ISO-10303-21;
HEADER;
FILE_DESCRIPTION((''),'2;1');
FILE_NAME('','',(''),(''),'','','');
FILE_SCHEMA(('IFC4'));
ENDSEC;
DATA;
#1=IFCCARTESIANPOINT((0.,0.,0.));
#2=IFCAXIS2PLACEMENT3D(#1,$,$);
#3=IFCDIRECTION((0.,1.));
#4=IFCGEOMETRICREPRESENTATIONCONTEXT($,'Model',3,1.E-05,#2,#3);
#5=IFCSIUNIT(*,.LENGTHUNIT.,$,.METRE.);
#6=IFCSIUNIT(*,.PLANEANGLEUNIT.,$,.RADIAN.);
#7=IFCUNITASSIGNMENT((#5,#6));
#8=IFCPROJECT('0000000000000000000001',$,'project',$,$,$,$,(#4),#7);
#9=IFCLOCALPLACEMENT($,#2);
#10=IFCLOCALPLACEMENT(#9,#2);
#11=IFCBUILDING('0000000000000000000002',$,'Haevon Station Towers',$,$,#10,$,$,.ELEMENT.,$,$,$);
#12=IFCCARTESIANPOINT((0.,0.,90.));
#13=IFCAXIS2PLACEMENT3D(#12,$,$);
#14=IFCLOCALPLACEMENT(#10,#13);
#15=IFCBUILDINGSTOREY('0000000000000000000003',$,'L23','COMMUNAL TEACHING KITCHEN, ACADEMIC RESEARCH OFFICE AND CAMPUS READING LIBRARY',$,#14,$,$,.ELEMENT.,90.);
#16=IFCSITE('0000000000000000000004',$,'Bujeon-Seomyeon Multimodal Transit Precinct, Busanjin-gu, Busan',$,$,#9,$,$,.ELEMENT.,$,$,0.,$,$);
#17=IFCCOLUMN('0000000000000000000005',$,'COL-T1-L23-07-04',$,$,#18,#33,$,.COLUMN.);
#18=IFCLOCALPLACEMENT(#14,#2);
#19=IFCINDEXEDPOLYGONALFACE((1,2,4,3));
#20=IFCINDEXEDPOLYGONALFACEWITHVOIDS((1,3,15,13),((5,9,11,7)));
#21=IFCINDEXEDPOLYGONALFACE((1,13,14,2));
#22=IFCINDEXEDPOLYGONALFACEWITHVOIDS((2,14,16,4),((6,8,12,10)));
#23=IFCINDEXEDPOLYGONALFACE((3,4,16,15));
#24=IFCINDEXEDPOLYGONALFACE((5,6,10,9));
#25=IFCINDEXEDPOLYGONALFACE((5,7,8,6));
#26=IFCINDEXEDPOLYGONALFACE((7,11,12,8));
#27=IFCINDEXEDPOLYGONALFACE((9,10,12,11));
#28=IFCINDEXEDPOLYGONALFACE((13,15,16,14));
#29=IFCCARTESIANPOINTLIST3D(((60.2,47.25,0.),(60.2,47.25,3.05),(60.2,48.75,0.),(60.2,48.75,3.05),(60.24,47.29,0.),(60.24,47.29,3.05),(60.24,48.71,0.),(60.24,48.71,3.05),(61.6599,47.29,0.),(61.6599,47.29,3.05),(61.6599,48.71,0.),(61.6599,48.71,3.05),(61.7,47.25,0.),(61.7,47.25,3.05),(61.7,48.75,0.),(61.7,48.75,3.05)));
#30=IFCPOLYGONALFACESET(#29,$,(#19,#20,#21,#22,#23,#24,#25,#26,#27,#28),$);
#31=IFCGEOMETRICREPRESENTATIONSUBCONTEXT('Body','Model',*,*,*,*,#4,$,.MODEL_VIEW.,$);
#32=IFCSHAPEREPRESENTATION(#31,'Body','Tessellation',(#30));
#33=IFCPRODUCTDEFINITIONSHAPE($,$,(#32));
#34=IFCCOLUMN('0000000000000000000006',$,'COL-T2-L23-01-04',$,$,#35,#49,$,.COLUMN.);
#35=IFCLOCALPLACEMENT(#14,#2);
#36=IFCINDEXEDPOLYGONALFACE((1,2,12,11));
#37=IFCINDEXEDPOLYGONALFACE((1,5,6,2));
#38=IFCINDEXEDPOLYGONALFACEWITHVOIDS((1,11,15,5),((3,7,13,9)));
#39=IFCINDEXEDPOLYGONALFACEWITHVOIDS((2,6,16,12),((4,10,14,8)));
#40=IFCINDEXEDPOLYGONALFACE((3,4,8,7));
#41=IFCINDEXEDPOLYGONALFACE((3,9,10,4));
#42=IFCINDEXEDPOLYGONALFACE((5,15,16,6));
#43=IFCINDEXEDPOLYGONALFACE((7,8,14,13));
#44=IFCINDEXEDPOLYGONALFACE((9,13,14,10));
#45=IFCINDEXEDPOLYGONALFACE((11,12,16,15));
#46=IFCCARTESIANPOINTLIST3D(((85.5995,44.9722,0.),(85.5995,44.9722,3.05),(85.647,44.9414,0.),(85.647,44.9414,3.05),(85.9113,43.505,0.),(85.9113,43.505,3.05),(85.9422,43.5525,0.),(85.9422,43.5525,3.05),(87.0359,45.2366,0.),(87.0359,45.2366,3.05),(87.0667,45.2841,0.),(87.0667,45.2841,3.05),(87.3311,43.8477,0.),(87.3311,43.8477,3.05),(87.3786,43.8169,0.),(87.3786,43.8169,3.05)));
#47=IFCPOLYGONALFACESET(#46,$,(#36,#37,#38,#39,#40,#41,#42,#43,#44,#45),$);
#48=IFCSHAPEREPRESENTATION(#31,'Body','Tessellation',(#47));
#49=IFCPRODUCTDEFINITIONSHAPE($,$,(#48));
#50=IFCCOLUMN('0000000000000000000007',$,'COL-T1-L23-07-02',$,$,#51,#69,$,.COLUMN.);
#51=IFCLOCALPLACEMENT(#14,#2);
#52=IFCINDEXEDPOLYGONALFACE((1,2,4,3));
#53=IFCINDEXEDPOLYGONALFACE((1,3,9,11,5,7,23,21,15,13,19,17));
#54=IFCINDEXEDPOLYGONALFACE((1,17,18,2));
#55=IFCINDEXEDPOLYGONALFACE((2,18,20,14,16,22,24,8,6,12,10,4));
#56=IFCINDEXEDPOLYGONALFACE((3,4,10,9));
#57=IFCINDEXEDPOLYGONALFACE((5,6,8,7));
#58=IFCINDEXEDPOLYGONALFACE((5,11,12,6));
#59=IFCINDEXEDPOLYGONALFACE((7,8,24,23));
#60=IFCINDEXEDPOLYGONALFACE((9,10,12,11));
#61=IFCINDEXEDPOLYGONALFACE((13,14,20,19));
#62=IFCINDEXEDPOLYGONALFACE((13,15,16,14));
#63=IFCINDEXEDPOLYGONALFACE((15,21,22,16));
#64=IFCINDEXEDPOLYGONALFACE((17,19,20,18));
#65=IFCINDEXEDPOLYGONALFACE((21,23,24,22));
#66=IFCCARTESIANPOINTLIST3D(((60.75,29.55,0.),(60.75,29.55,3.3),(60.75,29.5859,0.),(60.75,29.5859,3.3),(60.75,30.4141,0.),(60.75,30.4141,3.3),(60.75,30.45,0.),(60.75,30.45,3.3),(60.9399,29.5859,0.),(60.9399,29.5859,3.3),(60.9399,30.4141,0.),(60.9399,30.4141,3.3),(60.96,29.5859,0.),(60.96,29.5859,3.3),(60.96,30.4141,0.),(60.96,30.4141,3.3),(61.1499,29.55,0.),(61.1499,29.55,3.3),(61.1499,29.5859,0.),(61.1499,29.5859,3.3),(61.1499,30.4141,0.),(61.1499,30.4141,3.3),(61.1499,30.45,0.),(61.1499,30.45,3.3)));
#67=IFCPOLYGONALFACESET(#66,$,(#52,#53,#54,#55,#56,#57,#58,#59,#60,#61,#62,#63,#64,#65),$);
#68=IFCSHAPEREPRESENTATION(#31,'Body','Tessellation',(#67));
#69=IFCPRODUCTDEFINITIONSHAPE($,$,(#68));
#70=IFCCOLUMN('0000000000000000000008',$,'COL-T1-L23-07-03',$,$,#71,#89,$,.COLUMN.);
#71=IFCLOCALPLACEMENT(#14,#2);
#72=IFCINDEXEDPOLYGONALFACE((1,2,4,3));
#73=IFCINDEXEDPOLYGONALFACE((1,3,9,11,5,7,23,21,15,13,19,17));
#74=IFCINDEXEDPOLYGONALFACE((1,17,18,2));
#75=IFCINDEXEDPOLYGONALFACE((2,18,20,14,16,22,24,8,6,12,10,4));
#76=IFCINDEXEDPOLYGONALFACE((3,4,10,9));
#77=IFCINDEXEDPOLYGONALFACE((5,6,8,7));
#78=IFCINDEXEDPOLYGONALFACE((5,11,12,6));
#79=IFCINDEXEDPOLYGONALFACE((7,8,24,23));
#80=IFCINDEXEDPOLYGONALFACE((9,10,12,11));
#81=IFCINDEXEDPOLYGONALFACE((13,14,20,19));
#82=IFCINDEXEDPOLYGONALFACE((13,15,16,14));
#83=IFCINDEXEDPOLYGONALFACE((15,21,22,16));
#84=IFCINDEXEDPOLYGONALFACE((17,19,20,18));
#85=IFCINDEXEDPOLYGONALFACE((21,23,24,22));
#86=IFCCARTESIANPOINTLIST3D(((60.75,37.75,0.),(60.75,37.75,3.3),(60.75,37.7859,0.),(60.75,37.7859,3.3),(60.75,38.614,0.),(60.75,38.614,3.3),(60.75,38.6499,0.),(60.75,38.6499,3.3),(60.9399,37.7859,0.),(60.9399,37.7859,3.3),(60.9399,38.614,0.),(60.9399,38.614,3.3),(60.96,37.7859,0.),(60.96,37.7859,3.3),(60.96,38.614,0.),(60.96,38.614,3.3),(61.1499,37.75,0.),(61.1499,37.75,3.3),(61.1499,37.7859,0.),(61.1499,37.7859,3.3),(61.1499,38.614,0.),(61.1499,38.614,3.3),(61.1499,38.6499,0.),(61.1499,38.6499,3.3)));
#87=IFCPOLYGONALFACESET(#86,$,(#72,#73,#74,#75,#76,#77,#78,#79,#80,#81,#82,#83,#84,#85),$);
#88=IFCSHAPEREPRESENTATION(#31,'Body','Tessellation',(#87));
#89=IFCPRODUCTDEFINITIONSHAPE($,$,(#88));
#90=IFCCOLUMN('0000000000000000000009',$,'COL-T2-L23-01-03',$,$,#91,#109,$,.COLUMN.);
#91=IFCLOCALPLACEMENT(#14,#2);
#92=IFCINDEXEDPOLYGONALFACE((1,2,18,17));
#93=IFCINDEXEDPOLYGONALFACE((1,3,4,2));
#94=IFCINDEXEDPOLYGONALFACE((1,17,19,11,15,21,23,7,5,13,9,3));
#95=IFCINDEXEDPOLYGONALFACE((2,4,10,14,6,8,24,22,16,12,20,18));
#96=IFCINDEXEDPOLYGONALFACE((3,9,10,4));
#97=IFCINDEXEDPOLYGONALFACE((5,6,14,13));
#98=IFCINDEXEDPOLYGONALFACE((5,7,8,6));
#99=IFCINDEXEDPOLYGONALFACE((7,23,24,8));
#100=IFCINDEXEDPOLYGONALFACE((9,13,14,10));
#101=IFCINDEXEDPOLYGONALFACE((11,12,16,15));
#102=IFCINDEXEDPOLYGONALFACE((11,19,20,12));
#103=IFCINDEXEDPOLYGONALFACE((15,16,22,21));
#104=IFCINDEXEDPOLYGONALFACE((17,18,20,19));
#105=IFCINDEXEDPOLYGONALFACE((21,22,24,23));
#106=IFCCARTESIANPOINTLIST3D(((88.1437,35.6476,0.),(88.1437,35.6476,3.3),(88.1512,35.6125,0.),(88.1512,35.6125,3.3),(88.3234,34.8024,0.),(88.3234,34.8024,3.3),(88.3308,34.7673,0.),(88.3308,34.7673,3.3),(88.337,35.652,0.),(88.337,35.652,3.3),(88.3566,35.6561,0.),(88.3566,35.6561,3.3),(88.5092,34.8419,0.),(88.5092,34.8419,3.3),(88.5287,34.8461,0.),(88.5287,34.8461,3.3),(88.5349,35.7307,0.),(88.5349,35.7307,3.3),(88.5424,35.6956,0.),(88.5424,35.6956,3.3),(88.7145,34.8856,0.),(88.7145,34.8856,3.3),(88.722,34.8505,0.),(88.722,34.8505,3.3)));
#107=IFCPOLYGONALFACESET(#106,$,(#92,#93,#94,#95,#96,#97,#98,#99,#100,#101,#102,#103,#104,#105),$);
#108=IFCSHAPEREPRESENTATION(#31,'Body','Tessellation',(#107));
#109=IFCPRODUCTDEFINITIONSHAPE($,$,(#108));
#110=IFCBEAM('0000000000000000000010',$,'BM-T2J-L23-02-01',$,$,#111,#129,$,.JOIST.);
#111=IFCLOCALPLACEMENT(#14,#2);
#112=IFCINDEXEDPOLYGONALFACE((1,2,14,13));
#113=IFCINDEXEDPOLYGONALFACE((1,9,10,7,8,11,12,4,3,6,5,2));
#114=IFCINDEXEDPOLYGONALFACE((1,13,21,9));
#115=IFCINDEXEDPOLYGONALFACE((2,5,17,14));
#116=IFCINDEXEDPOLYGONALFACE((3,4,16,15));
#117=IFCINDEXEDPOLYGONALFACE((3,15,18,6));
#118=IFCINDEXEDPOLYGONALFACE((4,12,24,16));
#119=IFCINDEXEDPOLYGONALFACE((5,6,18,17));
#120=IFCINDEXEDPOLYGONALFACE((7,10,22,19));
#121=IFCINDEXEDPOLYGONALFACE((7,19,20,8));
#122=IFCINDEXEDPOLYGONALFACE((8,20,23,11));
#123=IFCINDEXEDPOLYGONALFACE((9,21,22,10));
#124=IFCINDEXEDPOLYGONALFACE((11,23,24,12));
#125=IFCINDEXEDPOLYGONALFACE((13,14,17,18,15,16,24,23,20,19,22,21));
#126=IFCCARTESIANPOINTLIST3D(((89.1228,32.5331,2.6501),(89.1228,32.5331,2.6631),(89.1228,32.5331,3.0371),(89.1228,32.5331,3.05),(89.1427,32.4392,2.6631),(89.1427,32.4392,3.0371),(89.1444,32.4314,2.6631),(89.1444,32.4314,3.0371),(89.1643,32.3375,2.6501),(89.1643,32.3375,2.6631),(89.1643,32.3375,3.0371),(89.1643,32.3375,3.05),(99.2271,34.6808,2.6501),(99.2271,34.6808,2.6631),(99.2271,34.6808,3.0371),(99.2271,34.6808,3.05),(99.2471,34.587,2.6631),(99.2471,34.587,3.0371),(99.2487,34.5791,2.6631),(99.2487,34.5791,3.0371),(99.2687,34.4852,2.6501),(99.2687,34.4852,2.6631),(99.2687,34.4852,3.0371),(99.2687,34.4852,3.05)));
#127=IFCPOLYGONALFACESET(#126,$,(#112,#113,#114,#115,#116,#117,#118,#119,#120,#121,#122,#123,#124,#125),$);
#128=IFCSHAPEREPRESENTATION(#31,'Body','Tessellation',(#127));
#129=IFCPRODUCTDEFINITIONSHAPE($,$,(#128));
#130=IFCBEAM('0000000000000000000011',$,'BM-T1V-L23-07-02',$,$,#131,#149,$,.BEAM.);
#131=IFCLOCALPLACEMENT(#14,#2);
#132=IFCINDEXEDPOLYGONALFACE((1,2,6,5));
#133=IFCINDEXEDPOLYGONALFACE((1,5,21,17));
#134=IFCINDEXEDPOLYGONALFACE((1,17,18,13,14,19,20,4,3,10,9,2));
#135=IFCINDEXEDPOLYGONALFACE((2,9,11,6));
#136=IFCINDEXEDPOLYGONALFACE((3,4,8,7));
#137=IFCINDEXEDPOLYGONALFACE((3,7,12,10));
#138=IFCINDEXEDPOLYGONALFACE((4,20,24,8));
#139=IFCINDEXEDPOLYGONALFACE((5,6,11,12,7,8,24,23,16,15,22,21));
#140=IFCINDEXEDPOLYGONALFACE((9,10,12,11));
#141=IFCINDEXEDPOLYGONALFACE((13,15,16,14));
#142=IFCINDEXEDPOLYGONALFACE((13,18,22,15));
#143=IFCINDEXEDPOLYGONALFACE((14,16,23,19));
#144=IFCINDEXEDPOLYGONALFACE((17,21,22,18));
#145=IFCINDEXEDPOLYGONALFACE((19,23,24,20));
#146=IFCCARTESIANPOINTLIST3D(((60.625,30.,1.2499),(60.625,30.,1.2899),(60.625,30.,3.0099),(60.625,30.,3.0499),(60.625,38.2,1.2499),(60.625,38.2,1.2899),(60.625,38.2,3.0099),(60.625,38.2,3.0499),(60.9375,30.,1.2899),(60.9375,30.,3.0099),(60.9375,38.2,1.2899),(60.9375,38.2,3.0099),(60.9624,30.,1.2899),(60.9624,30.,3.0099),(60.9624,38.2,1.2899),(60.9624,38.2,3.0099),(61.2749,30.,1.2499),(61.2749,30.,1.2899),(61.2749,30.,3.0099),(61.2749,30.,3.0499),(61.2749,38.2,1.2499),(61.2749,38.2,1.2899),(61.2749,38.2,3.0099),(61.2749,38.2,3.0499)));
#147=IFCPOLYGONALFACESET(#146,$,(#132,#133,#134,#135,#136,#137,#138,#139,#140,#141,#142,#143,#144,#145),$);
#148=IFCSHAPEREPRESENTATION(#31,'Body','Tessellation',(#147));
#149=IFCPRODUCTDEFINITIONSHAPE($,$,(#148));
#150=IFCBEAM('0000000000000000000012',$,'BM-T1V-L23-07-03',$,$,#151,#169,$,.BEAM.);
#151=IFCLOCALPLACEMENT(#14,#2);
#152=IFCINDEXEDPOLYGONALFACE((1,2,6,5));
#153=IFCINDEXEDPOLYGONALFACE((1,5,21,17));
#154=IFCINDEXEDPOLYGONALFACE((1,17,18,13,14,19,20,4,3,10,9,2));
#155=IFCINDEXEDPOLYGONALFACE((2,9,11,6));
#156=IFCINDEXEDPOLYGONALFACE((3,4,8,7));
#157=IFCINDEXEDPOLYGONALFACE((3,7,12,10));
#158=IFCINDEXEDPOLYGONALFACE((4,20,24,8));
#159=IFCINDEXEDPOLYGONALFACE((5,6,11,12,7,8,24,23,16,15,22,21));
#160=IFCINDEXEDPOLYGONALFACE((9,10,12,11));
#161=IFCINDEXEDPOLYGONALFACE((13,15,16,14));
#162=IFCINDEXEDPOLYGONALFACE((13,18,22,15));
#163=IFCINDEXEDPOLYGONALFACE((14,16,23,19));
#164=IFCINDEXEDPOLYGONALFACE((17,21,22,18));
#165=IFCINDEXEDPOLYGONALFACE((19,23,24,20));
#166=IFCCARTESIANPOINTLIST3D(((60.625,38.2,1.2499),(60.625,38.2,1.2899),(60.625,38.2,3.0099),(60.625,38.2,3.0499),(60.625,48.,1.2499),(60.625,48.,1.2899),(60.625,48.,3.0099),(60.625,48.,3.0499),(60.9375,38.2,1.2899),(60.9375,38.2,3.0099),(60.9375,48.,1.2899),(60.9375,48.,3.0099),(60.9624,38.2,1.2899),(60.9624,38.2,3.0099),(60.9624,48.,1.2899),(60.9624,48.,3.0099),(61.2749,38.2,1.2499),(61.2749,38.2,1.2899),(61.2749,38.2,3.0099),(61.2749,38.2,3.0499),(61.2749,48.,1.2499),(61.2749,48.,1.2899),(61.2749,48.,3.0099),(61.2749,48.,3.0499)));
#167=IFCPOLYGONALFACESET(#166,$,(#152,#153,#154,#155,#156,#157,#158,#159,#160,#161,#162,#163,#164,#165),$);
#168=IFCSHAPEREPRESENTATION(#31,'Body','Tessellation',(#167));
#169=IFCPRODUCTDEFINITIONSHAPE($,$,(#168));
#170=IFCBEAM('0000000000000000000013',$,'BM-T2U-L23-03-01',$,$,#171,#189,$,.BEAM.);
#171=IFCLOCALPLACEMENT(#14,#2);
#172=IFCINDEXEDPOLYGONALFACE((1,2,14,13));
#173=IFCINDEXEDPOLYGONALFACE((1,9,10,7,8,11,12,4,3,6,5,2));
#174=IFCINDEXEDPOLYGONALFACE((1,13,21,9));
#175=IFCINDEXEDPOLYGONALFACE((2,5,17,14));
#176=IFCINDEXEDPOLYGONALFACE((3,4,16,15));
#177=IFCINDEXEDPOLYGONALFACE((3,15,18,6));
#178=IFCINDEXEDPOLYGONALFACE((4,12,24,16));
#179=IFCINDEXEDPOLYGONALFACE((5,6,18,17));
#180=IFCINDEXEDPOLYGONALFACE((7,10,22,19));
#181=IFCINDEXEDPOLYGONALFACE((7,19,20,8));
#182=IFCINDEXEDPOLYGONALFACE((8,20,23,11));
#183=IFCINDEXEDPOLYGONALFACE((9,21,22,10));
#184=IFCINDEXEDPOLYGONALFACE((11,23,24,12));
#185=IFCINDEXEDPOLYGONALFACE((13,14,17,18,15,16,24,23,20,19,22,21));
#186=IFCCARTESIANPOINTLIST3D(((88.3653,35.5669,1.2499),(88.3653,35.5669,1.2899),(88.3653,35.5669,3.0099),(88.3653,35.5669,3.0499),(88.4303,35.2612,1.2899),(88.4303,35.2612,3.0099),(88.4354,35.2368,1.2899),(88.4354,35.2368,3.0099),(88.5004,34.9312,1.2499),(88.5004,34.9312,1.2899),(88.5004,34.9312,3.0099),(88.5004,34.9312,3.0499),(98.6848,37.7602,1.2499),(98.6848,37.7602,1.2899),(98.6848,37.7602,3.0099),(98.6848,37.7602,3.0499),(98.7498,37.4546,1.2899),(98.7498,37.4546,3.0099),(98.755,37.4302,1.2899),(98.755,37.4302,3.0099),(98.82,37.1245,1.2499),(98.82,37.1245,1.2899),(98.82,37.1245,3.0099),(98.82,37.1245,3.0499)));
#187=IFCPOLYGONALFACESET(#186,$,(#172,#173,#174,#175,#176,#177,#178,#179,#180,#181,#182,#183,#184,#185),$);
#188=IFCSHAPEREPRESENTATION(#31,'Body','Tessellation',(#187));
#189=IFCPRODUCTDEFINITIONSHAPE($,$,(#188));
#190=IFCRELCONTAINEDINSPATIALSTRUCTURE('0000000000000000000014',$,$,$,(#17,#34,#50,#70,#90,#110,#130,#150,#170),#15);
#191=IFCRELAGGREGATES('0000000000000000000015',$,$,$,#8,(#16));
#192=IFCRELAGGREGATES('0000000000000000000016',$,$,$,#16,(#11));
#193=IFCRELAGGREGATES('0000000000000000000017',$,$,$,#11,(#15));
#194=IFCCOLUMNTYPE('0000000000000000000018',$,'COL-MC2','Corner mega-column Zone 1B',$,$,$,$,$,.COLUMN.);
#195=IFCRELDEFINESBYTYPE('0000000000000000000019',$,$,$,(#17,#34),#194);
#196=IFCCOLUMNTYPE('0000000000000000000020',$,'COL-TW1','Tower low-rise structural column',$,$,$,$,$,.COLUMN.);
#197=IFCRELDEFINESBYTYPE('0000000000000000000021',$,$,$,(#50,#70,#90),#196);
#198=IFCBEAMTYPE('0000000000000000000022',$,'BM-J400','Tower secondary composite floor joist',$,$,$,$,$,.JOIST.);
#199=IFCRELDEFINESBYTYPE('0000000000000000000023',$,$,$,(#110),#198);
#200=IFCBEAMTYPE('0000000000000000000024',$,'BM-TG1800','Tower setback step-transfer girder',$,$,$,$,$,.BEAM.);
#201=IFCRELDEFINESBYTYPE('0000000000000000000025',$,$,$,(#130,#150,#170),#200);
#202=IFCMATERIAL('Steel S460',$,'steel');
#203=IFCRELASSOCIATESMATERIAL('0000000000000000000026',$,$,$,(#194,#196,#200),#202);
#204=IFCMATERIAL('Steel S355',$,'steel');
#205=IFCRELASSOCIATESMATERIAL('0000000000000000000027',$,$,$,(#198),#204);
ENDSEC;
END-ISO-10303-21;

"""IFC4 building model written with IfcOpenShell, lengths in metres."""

from ifc_helpers import new_model, si_unit, direction, frame, origin, origin_2d, place, context, subcontext, project, spatial, hollow_rectangle, i_section, extrude, material, material_profile, profile_set, type_object, element, save


model = new_model("IFC4")

# Units and contexts
model_context = context("Model", 3, precision=1e-05, world=origin(), true_north=direction((0.0, 1.0)))
body_context = subcontext(model_context, "Body", "Model", "MODEL_VIEW")
ifc_project = project(units=[si_unit("LENGTHUNIT", "METRE"), si_unit("PLANEANGLEUNIT", "RADIAN")], contexts=[model_context])

# Site, building, storey
site_placement = place(None, origin())
site = spatial("IfcSite", under=ifc_project, at=site_placement, Name="Bujeon-Seomyeon Multimodal Transit Precinct, Busanjin-gu, Busan", CompositionType="ELEMENT", RefElevation=0.0)
building_placement = place(site_placement, origin())
building = spatial("IfcBuilding", under=site, at=building_placement, Name="Haevon Station Towers", CompositionType="ELEMENT")
storey_placement = place(building_placement, frame((0.0, 0.0, 90.0)))
storey = spatial("IfcBuildingStorey", under=building, at=storey_placement, Name="L23", Description="COMMUNAL TEACHING KITCHEN, ACADEMIC RESEARCH OFFICE AND CAMPUS READING LIBRARY", CompositionType="ELEMENT", Elevation=90.0)

# Columns
ifc_material_1 = material(Name="Steel S460", Category="steel")
ifc_material_profile_1 = material_profile(ifc_material_1, hollow_rectangle(XDim=1.5, YDim=1.5, WallThickness=0.04, at=origin_2d()), Name="BOX-1500x1500x40")
ifc_profile_set_1 = profile_set([ifc_material_profile_1], Name="Steel S460")
column_type_1 = type_object("IfcColumnType", Name="COL-MC2", Description="Corner mega-column Zone 1B", PredefinedType="COLUMN", material=ifc_profile_set_1)
for number, where, z_axis, x_axis, name in (
    (1, (60.95, 48.0, 0.0), (0.0, 0.0, 1.0), (1.0, 0.0, 0.0), "COL-T1-L23-07-04"),
    (2, (86.489, 44.3945, 0.0), (0.0, 0.0, 1.0), (0.978148, 0.207912, 0.0), "COL-T2-L23-01-04"),
):
    element("IfcColumn", number, at=place(storey_placement, frame(where, z_axis=z_axis, x_axis=x_axis)), inside=storey, type_object=column_type_1, Name=name, PredefinedType="COLUMN", context=body_context, shape_type="SweptSolid", body=[
        extrude(hollow_rectangle(XDim=1.5, YDim=1.5, WallThickness=0.04, at=origin_2d()), origin(), (0.0, 0.0, 1.0), 3.05),
    ])
ifc_material_profile_2 = material_profile(ifc_material_1, i_section(OverallWidth=0.3999, OverallDepth=0.8999, WebThickness=0.02, FlangeThickness=0.0359, at=origin_2d()), Name="H-900x400x20x36")
ifc_profile_set_2 = profile_set([ifc_material_profile_2], Name="Steel S460")
column_type_2 = type_object("IfcColumnType", Name="COL-TW1", Description="Tower low-rise structural column", PredefinedType="COLUMN", material=ifc_profile_set_2)
for number, where, z_axis, x_axis, name in (
    (3, (60.95, 30.0, 0.0), (0.0, 0.0, 1.0), (1.0, 0.0, 0.0), "COL-T1-L23-07-02"),
    (4, (60.95, 38.2, 0.0), (0.0, 0.0, 1.0), (1.0, 0.0, 0.0), "COL-T1-L23-07-03"),
    (5, (88.4329, 35.249, 0.0), (0.0, 0.0, 1.0), (0.978148, 0.207912, 0.0), "COL-T2-L23-01-03"),
):
    element("IfcColumn", number, at=place(storey_placement, frame(where, z_axis=z_axis, x_axis=x_axis)), inside=storey, type_object=column_type_2, Name=name, PredefinedType="COLUMN", context=body_context, shape_type="SweptSolid", body=[
        extrude(i_section(OverallWidth=0.3999, OverallDepth=0.8999, WebThickness=0.02, FlangeThickness=0.0359, at=origin_2d()), origin(), (0.0, 0.0, 1.0), 3.3),
    ])

# Beams
ifc_material_2 = material(Name="Steel S355", Category="steel")
ifc_material_profile_3 = material_profile(ifc_material_2, i_section(OverallWidth=0.2, OverallDepth=0.3999, WebThickness=0.0081, FlangeThickness=0.0129, at=origin_2d()), Name="H-400x200x8x13")
ifc_profile_set_3 = profile_set([ifc_material_profile_3], Name="Steel S355")
beam_type_1 = type_object("IfcBeamType", Name="BM-J400", Description="Tower secondary composite floor joist", PredefinedType="JOIST", material=ifc_profile_set_3)
beam_1_placement = place(storey_placement, frame((89.1436, 32.4353, 2.8501), z_axis=(0.978148, 0.20791, 0.0), x_axis=(-0.20791, 0.978148, 0.0)))
element("IfcBeam", 6, at=beam_1_placement, inside=storey, type_object=beam_type_1, Name="BM-T2J-L23-02-01", PredefinedType="JOIST", context=body_context, shape_type="SweptSolid", body=[
    extrude(i_section(OverallWidth=0.2, OverallDepth=0.3999, WebThickness=0.0081, FlangeThickness=0.0129, at=origin_2d()), origin(), (0.0, 0.0, 1.0), 10.3301),
])
ifc_material_profile_4 = material_profile(ifc_material_1, i_section(OverallWidth=0.6499, OverallDepth=1.8, WebThickness=0.0249, FlangeThickness=0.04, at=origin_2d()), Name="H-1800x650x25x40")
ifc_profile_set_4 = profile_set([ifc_material_profile_4], Name="Steel S460")
beam_type_2 = type_object("IfcBeamType", Name="BM-TG1800", Description="Tower setback step-transfer girder", PredefinedType="BEAM", material=ifc_profile_set_4)
beam_2_placement = place(storey_placement, frame((60.95, 30.0, 2.1499), z_axis=(0.0, 1.0, 0.0), x_axis=(-1.0, 0.0, 0.0)))
element("IfcBeam", 7, at=beam_2_placement, inside=storey, type_object=beam_type_2, Name="BM-T1V-L23-07-02", PredefinedType="BEAM", context=body_context, shape_type="SweptSolid", body=[
    extrude(i_section(OverallWidth=0.6499, OverallDepth=1.8, WebThickness=0.0249, FlangeThickness=0.04, at=origin_2d()), origin(), (0.0, 0.0, 1.0), 8.2),
])
beam_3_placement = place(storey_placement, frame((60.95, 38.2, 2.1499), z_axis=(0.0, 1.0, 0.0), x_axis=(-1.0, 0.0, 0.0)))
element("IfcBeam", 8, at=beam_3_placement, inside=storey, type_object=beam_type_2, Name="BM-T1V-L23-07-03", PredefinedType="BEAM", context=body_context, shape_type="SweptSolid", body=[
    extrude(i_section(OverallWidth=0.6499, OverallDepth=1.8, WebThickness=0.0249, FlangeThickness=0.04, at=origin_2d()), origin(), (0.0, 0.0, 1.0), 9.8),
])
beam_4_placement = place(storey_placement, frame((88.4329, 35.249, 2.1499), z_axis=(0.97815, 0.207899, 0.0), x_axis=(-0.207899, 0.97815, 0.0)))
element("IfcBeam", 9, at=beam_4_placement, inside=storey, type_object=beam_type_2, Name="BM-T2U-L23-03-01", PredefinedType="BEAM", context=body_context, shape_type="SweptSolid", body=[
    extrude(i_section(OverallWidth=0.6499, OverallDepth=1.8, WebThickness=0.0249, FlangeThickness=0.04, at=origin_2d()), origin(), (0.0, 0.0, 1.0), 10.55),
])

save(model, "model.ifc")
